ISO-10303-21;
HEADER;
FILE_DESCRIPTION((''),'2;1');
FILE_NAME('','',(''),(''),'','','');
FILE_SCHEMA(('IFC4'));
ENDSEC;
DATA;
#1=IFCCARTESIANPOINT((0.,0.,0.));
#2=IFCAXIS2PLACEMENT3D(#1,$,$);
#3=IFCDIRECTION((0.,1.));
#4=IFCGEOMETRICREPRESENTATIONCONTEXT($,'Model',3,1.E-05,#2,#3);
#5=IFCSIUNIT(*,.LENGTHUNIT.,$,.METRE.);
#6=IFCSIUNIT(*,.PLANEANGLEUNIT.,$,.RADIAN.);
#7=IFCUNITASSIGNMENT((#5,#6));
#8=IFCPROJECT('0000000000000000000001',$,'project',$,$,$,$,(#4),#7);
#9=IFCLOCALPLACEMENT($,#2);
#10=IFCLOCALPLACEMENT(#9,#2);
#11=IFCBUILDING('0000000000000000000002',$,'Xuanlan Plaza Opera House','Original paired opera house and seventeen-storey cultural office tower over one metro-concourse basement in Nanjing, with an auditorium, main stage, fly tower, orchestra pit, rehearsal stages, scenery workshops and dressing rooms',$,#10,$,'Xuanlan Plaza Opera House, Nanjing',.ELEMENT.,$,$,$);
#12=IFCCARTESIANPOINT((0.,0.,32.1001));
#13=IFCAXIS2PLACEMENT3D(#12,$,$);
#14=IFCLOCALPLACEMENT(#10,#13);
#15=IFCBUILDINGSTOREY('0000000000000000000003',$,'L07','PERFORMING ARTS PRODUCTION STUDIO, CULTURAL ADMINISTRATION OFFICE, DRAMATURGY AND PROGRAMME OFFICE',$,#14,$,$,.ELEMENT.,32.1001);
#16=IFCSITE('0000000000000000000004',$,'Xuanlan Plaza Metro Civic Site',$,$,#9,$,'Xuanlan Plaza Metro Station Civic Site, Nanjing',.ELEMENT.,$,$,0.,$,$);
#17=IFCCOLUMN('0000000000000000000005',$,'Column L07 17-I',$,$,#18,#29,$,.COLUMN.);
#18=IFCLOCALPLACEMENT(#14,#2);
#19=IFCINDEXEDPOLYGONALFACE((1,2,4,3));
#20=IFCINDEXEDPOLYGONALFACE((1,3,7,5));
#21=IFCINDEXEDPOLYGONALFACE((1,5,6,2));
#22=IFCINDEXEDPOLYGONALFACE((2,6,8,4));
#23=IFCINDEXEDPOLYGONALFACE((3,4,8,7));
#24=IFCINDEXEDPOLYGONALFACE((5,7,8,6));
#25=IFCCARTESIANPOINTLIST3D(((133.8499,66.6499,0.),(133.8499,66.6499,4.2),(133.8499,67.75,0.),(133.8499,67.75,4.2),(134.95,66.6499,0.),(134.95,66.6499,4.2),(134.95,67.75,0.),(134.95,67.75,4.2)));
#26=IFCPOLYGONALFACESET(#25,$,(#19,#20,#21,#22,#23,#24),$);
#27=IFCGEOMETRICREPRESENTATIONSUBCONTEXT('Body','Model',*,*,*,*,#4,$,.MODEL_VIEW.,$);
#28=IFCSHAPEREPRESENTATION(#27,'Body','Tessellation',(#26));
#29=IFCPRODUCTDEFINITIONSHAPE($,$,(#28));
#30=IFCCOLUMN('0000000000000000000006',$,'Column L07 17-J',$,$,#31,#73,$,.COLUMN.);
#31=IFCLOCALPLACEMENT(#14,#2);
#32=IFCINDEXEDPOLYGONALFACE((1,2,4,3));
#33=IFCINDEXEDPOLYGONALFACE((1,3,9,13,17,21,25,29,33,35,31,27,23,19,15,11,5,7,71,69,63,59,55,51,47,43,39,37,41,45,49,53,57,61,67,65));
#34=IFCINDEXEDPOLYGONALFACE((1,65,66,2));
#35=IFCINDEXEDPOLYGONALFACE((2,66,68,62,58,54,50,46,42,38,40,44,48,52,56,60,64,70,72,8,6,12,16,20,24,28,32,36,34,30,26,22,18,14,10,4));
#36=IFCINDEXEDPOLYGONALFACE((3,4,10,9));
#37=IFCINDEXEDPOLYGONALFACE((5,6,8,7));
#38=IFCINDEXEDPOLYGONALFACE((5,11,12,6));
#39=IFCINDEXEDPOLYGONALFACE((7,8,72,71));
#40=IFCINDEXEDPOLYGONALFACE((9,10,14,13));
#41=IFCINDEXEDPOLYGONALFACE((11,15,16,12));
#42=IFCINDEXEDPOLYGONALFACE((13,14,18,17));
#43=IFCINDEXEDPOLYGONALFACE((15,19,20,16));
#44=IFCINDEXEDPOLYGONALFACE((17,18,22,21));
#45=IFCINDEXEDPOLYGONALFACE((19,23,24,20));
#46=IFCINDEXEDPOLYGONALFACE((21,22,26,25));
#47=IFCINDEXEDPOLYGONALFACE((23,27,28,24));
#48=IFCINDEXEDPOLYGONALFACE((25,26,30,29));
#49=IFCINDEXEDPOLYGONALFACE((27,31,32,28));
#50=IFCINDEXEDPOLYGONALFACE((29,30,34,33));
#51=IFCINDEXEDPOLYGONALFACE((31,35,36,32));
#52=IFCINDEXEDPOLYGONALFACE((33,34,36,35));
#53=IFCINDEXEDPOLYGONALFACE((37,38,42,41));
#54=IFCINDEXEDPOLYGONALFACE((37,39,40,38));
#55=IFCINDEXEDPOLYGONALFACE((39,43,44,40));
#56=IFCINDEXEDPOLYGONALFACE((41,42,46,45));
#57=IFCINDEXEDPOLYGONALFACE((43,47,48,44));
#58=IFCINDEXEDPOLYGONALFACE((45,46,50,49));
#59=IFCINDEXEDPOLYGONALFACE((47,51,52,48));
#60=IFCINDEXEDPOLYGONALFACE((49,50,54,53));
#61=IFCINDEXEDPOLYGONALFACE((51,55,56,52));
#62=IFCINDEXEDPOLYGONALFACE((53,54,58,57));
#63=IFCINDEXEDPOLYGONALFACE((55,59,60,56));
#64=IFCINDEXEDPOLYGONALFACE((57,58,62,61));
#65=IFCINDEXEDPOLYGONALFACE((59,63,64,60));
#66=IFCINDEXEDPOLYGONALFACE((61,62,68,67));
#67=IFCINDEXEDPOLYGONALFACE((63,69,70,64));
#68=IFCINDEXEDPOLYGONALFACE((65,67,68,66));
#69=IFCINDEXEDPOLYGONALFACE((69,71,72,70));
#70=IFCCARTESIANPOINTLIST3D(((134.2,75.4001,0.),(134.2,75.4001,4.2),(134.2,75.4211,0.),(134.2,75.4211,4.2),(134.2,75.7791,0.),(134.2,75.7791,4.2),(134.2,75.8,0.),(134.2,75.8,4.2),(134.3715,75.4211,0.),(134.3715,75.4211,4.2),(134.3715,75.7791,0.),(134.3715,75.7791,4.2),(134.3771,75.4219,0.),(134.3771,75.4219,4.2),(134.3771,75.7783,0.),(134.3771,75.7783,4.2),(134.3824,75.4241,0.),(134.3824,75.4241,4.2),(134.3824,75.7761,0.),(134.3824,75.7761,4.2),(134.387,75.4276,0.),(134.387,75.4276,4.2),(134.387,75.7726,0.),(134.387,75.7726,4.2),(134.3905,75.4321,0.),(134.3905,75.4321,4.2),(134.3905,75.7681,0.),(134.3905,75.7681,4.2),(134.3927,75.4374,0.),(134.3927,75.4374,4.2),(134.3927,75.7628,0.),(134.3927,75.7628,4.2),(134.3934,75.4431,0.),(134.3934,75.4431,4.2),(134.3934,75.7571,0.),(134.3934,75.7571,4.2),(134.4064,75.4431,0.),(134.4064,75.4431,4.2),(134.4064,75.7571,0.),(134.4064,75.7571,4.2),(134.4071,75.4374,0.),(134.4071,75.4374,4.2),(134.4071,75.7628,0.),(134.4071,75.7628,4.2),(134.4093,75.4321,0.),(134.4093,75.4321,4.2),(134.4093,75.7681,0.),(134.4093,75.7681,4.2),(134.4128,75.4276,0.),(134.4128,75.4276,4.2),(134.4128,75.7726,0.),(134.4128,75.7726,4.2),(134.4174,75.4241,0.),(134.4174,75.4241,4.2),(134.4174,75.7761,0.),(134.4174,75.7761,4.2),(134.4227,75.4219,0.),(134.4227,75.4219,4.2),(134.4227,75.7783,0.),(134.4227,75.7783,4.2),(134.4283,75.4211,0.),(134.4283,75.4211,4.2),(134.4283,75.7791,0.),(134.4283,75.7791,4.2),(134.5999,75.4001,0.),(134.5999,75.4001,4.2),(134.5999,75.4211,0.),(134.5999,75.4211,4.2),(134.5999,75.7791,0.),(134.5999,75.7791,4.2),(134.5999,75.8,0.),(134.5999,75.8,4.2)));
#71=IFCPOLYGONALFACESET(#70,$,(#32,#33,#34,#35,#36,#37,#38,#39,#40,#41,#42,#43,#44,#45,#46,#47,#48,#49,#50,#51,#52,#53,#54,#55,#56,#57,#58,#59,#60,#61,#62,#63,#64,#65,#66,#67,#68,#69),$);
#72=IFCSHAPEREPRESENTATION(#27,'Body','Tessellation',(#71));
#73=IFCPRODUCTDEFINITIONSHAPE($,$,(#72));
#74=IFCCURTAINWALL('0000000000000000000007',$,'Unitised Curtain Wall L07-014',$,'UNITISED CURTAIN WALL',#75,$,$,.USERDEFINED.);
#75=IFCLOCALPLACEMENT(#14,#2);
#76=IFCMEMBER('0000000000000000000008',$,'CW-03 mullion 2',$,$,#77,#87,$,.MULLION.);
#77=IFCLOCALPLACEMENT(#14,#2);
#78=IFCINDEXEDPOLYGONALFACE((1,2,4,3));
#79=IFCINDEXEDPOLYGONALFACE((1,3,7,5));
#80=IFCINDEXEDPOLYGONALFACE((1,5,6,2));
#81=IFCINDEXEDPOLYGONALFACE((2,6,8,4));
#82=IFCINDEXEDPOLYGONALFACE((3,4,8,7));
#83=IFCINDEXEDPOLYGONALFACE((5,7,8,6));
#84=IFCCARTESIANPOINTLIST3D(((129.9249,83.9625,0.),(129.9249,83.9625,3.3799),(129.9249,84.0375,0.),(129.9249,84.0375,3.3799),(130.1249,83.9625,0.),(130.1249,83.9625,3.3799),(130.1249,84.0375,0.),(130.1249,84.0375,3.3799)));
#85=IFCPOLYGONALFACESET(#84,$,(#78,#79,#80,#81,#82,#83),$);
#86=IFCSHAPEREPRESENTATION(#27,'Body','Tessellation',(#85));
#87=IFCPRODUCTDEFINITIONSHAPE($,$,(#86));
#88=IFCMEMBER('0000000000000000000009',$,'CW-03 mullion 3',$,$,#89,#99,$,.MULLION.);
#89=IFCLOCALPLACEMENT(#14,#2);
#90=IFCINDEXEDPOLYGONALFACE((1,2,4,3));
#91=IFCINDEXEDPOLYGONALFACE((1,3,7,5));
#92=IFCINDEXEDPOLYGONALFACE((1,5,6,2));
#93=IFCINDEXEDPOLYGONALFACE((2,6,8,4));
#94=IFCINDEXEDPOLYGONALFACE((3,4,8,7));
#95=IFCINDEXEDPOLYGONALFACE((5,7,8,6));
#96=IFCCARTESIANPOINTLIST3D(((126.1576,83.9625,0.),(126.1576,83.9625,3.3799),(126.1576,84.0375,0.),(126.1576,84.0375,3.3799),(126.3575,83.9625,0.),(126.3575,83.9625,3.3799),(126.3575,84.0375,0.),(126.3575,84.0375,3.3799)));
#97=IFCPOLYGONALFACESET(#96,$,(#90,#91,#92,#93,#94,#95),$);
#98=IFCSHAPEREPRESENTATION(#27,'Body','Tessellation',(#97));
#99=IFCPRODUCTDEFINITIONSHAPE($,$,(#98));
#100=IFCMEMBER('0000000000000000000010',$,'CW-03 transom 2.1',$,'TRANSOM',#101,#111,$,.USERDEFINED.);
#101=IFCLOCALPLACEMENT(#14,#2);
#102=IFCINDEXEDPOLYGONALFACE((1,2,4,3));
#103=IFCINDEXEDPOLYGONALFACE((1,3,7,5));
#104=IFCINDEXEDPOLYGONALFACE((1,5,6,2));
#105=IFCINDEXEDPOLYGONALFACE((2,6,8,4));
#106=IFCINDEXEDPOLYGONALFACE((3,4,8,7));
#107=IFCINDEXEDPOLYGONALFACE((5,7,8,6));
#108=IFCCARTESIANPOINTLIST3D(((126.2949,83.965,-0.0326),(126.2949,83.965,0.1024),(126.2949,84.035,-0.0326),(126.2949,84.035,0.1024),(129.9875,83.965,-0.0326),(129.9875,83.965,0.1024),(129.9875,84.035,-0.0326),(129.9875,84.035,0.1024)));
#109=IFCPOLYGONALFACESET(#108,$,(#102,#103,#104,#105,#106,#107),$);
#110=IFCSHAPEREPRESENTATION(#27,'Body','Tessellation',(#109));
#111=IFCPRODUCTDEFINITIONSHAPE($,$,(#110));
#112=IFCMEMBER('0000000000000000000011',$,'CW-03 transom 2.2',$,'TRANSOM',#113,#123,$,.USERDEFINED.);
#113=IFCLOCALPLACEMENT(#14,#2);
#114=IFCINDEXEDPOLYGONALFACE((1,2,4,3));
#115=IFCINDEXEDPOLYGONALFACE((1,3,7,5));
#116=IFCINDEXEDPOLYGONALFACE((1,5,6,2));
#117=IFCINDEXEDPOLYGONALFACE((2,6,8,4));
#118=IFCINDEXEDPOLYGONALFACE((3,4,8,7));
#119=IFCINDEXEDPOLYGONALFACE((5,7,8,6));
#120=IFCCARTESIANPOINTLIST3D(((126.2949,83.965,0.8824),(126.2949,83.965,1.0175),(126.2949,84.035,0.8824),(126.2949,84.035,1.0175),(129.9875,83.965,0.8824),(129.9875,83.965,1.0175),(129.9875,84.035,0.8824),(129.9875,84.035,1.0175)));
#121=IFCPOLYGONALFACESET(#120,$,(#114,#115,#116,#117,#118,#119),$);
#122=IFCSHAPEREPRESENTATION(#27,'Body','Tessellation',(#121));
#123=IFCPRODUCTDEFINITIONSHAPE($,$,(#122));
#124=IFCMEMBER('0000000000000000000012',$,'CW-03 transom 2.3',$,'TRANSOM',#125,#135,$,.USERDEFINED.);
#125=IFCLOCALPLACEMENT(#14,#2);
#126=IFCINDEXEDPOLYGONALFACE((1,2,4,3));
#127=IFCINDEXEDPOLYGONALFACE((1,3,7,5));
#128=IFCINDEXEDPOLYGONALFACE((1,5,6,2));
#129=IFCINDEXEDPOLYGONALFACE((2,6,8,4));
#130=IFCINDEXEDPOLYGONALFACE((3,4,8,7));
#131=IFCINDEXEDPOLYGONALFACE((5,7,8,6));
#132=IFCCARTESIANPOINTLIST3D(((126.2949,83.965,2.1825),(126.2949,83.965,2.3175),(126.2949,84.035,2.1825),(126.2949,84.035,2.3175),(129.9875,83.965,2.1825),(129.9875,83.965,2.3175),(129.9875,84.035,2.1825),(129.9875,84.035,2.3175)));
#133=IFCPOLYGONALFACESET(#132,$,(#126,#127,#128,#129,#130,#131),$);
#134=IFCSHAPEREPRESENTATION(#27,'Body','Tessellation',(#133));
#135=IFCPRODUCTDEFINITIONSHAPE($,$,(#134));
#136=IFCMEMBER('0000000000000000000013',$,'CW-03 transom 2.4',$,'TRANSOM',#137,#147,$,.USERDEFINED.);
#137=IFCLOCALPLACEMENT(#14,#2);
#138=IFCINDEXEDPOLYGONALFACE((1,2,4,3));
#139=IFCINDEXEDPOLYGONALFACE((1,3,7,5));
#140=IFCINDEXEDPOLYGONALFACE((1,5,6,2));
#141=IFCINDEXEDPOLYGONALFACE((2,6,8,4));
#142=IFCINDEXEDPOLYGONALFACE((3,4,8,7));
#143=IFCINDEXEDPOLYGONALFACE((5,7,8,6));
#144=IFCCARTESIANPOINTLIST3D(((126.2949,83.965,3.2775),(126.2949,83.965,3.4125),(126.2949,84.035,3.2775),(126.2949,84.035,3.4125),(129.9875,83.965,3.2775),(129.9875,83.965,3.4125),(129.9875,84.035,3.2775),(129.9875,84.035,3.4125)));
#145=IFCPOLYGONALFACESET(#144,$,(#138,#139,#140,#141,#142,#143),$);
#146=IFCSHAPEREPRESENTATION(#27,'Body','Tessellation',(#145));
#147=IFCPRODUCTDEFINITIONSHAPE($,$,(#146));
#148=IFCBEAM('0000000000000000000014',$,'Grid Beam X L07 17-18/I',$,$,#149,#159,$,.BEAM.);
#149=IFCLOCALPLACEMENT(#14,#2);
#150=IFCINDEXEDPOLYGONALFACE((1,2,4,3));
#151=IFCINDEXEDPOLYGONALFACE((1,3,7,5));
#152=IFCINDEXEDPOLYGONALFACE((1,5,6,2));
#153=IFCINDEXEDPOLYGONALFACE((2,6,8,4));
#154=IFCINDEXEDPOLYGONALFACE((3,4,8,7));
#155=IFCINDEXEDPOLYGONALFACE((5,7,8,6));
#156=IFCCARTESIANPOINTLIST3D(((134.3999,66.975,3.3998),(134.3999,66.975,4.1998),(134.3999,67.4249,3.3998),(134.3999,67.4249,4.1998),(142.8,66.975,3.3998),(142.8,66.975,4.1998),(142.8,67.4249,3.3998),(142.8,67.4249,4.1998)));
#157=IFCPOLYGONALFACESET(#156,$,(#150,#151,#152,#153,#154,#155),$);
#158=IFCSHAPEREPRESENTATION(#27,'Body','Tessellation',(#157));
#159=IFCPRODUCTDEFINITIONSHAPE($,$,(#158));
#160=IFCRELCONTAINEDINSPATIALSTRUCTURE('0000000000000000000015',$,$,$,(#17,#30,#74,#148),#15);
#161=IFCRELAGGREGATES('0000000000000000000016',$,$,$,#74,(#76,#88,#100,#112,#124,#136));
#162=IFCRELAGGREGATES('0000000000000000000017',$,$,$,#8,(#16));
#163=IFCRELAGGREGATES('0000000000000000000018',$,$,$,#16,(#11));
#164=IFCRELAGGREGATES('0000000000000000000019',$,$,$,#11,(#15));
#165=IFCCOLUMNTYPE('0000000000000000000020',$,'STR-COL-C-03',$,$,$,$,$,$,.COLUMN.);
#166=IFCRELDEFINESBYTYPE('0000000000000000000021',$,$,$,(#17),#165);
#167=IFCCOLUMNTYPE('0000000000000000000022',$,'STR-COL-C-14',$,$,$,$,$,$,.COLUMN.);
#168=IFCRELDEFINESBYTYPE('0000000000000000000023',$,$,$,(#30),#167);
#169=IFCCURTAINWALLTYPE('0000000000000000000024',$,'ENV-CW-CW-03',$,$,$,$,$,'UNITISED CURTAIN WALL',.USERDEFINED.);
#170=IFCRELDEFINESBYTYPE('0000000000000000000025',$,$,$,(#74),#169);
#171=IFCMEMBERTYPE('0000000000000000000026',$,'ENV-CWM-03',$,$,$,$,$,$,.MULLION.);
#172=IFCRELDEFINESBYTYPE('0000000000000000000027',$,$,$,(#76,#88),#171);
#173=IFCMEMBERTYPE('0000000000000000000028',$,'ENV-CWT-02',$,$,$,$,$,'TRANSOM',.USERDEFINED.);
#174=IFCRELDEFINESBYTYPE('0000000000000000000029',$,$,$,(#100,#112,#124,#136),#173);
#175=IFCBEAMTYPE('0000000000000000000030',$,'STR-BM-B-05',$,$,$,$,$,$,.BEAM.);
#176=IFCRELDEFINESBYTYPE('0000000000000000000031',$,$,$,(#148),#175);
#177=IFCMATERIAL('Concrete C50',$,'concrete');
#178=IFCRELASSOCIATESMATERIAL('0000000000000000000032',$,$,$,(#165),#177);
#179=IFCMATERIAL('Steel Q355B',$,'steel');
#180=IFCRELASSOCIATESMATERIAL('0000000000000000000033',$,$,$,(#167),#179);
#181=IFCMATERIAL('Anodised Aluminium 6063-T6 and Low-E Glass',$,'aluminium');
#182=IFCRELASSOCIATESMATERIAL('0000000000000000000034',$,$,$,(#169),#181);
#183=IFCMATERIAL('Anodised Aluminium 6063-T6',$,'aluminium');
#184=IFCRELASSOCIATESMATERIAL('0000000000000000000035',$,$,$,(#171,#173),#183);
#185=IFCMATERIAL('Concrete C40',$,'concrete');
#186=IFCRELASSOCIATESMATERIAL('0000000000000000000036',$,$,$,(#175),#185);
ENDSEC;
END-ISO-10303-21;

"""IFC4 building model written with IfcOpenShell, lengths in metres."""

from ifc_helpers import new_model, si_unit, direction, frame, origin, origin_2d, place, context, subcontext, project, spatial, rectangle, i_section, extrude, material, material_profile, profile_set, type_object, element, aggregate, save


model = new_model("IFC4")

# Units and contexts
model_context = context("Model", 3, precision=1e-05, world=origin(), true_north=direction((0.0, 1.0)))
body_context = subcontext(model_context, "Body", "Model", "MODEL_VIEW")
ifc_project = project(units=[si_unit("LENGTHUNIT", "METRE"), si_unit("PLANEANGLEUNIT", "RADIAN")], contexts=[model_context])

# Site, building, storey
site_placement = place(None, origin())
site = spatial("IfcSite", under=ifc_project, at=site_placement, Name="Xuanlan Plaza Metro Civic Site", LongName="Xuanlan Plaza Metro Station Civic Site, Nanjing", CompositionType="ELEMENT", RefElevation=0.0)
building_placement = place(site_placement, origin())
building = spatial("IfcBuilding", under=site, at=building_placement, Name="Xuanlan Plaza Opera House", Description="Original paired opera house and seventeen-storey cultural office tower over one metro-concourse basement in Nanjing, with an auditorium, main stage, fly tower, orchestra pit, rehearsal stages, scenery workshops and dressing rooms", LongName="Xuanlan Plaza Opera House, Nanjing", CompositionType="ELEMENT")
storey_placement = place(building_placement, frame((0.0, 0.0, 32.1001)))
storey = spatial("IfcBuildingStorey", under=building, at=storey_placement, Name="L07", Description="PERFORMING ARTS PRODUCTION STUDIO, CULTURAL ADMINISTRATION OFFICE, DRAMATURGY AND PROGRAMME OFFICE", CompositionType="ELEMENT", Elevation=32.1001)

# Columns
ifc_material_1 = material(Name="Concrete C50", Category="concrete")
ifc_material_profile_1 = material_profile(ifc_material_1, rectangle(XDim=1.1001, YDim=1.1001, at=origin_2d()), Name="RC-COL 1100x1100")
ifc_profile_set_1 = profile_set([ifc_material_profile_1], Name="Concrete C50")
column_type_1 = type_object("IfcColumnType", Name="STR-COL-C-03", PredefinedType="COLUMN", material=ifc_profile_set_1)
column_1_placement = place(storey_placement, frame((134.3999, 67.2, 0.0), z_axis=(0.0, 0.0, 1.0), x_axis=(1.0, 0.0, 0.0)))
element("IfcColumn", 1, at=column_1_placement, inside=storey, type_object=column_type_1, Name="Column L07 17-I", PredefinedType="COLUMN", context=body_context, shape_type="SweptSolid", body=[
    extrude(rectangle(XDim=1.1001, YDim=1.1001, at=origin_2d()), origin(), (0.0, 0.0, 1.0), 4.2),
])
ifc_material_2 = material(Name="Steel Q355B", Category="steel")
ifc_material_profile_2 = material_profile(ifc_material_2, i_section(OverallWidth=0.3999, OverallDepth=0.3999, WebThickness=0.0129, FlangeThickness=0.021, FilletRadius=0.022, at=origin_2d()), Name="HW 400x400x13x21")
ifc_profile_set_2 = profile_set([ifc_material_profile_2], Name="Steel Q355B")
column_type_2 = type_object("IfcColumnType", Name="STR-COL-C-14", PredefinedType="COLUMN", material=ifc_profile_set_2)
column_2_placement = place(storey_placement, frame((134.3999, 75.6001, 0.0), z_axis=(0.0, 0.0, 1.0), x_axis=(1.0, 0.0, 0.0)))
element("IfcColumn", 2, at=column_2_placement, inside=storey, type_object=column_type_2, Name="Column L07 17-J", PredefinedType="COLUMN", context=body_context, shape_type="SweptSolid", body=[
    extrude(i_section(OverallWidth=0.3999, OverallDepth=0.3999, WebThickness=0.0129, FlangeThickness=0.021, FilletRadius=0.022, at=origin_2d()), origin(), (0.0, 0.0, 1.0), 4.2),
])

# Curtain wall, members
ifc_material_3 = material(Name="Anodised Aluminium 6063-T6 and Low-E Glass", Category="aluminium")
curtain_wall_type = type_object("IfcCurtainWallType", Name="ENV-CW-CW-03", ElementType="UNITISED CURTAIN WALL", PredefinedType="USERDEFINED", material=ifc_material_3)
curtain_wall_placement = place(storey_placement, origin())
curtain_wall = element("IfcCurtainWall", 3, at=curtain_wall_placement, inside=storey, type_object=curtain_wall_type, Name="Unitised Curtain Wall L07-014", ObjectType="UNITISED CURTAIN WALL", PredefinedType="USERDEFINED")
ifc_material_4 = material(Name="Anodised Aluminium 6063-T6", Category="aluminium")
ifc_material_profile_3 = material_profile(ifc_material_4, rectangle(XDim=0.075, YDim=0.2, at=origin_2d()), Name="ALU-M 75x200")
ifc_profile_set_3 = profile_set([ifc_material_profile_3], Name="Anodised Aluminium 6063-T6")
member_type_1 = type_object("IfcMemberType", Name="ENV-CWM-03", PredefinedType="MULLION", material=ifc_profile_set_3)
member_1_placement = place(storey_placement, frame((130.0249, 84.0, 0.0), z_axis=(0.0, 0.0, 1.0), x_axis=(0.0, -1.0, 0.0)))
member_1 = element("IfcMember", 4, at=member_1_placement, type_object=member_type_1, Name="CW-03 mullion 2", PredefinedType="MULLION", context=body_context, shape_type="SweptSolid", body=[
    extrude(rectangle(XDim=0.075, YDim=0.2, at=origin_2d()), origin(), (0.0, 0.0, 1.0), 3.3799),
])
member_2_placement = place(storey_placement, frame((126.2576, 84.0, 0.0), z_axis=(0.0, 0.0, 1.0), x_axis=(0.0, -1.0, 0.0)))
member_2 = element("IfcMember", 5, at=member_2_placement, type_object=member_type_1, Name="CW-03 mullion 3", PredefinedType="MULLION", context=body_context, shape_type="SweptSolid", body=[
    extrude(rectangle(XDim=0.075, YDim=0.2, at=origin_2d()), origin(), (0.0, 0.0, 1.0), 3.3799),
])
ifc_material_profile_4 = material_profile(ifc_material_4, rectangle(XDim=0.0701, YDim=0.135, at=origin_2d()), Name="ALU-T 70x135")
ifc_profile_set_4 = profile_set([ifc_material_profile_4], Name="Anodised Aluminium 6063-T6")
member_type_2 = type_object("IfcMemberType", Name="ENV-CWT-02", ElementType="TRANSOM", PredefinedType="USERDEFINED", material=ifc_profile_set_4)
member_3_placement = place(storey_placement, frame((129.9875, 84.0, 0.0349), z_axis=(-1.0, 0.0, 0.0), x_axis=(0.0, -1.0, 0.0)))
member_3 = element("IfcMember", 6, at=member_3_placement, type_object=member_type_2, Name="CW-03 transom 2.1", ObjectType="TRANSOM", PredefinedType="USERDEFINED", context=body_context, shape_type="SweptSolid", body=[
    extrude(rectangle(XDim=0.0701, YDim=0.135, at=origin_2d()), origin(), (0.0, 0.0, 1.0), 3.6926),
])
member_4_placement = place(storey_placement, frame((129.9875, 84.0, 0.95), z_axis=(-1.0, 0.0, 0.0), x_axis=(0.0, -1.0, 0.0)))
member_4 = element("IfcMember", 7, at=member_4_placement, type_object=member_type_2, Name="CW-03 transom 2.2", ObjectType="TRANSOM", PredefinedType="USERDEFINED", context=body_context, shape_type="SweptSolid", body=[
    extrude(rectangle(XDim=0.0701, YDim=0.135, at=origin_2d()), origin(), (0.0, 0.0, 1.0), 3.6926),
])
member_5_placement = place(storey_placement, frame((129.9875, 84.0, 2.25), z_axis=(-1.0, 0.0, 0.0), x_axis=(0.0, -1.0, 0.0)))
member_5 = element("IfcMember", 8, at=member_5_placement, type_object=member_type_2, Name="CW-03 transom 2.3", ObjectType="TRANSOM", PredefinedType="USERDEFINED", context=body_context, shape_type="SweptSolid", body=[
    extrude(rectangle(XDim=0.0701, YDim=0.135, at=origin_2d()), origin(), (0.0, 0.0, 1.0), 3.6926),
])
member_6_placement = place(storey_placement, frame((129.9875, 84.0, 3.345), z_axis=(-1.0, 0.0, 0.0), x_axis=(0.0, -1.0, 0.0)))
member_6 = element("IfcMember", 9, at=member_6_placement, type_object=member_type_2, Name="CW-03 transom 2.4", ObjectType="TRANSOM", PredefinedType="USERDEFINED", context=body_context, shape_type="SweptSolid", body=[
    extrude(rectangle(XDim=0.0701, YDim=0.135, at=origin_2d()), origin(), (0.0, 0.0, 1.0), 3.6926),
])

# Beam
ifc_material_5 = material(Name="Concrete C40", Category="concrete")
ifc_material_profile_5 = material_profile(ifc_material_5, rectangle(XDim=0.45, YDim=0.8, at=origin_2d()), Name="RC-BM 450x800")
ifc_profile_set_5 = profile_set([ifc_material_profile_5], Name="Concrete C40")
beam_type_1 = type_object("IfcBeamType", Name="STR-BM-B-05", PredefinedType="BEAM", material=ifc_profile_set_5)
beam_1_placement = place(storey_placement, frame((134.3999, 67.2, 3.7998), z_axis=(1.0, 0.0, 0.0), x_axis=(0.0, 1.0, 0.0)))
element("IfcBeam", 10, at=beam_1_placement, inside=storey, type_object=beam_type_1, Name="Grid Beam X L07 17-18/I", PredefinedType="BEAM", context=body_context, shape_type="SweptSolid", body=[
    extrude(rectangle(XDim=0.45, YDim=0.8, at=origin_2d()), origin(), (0.0, 0.0, 1.0), 8.4001),
])

aggregate(curtain_wall, [member_1, member_2, member_3, member_4, member_5, member_6])

save(model, "model.ifc")
